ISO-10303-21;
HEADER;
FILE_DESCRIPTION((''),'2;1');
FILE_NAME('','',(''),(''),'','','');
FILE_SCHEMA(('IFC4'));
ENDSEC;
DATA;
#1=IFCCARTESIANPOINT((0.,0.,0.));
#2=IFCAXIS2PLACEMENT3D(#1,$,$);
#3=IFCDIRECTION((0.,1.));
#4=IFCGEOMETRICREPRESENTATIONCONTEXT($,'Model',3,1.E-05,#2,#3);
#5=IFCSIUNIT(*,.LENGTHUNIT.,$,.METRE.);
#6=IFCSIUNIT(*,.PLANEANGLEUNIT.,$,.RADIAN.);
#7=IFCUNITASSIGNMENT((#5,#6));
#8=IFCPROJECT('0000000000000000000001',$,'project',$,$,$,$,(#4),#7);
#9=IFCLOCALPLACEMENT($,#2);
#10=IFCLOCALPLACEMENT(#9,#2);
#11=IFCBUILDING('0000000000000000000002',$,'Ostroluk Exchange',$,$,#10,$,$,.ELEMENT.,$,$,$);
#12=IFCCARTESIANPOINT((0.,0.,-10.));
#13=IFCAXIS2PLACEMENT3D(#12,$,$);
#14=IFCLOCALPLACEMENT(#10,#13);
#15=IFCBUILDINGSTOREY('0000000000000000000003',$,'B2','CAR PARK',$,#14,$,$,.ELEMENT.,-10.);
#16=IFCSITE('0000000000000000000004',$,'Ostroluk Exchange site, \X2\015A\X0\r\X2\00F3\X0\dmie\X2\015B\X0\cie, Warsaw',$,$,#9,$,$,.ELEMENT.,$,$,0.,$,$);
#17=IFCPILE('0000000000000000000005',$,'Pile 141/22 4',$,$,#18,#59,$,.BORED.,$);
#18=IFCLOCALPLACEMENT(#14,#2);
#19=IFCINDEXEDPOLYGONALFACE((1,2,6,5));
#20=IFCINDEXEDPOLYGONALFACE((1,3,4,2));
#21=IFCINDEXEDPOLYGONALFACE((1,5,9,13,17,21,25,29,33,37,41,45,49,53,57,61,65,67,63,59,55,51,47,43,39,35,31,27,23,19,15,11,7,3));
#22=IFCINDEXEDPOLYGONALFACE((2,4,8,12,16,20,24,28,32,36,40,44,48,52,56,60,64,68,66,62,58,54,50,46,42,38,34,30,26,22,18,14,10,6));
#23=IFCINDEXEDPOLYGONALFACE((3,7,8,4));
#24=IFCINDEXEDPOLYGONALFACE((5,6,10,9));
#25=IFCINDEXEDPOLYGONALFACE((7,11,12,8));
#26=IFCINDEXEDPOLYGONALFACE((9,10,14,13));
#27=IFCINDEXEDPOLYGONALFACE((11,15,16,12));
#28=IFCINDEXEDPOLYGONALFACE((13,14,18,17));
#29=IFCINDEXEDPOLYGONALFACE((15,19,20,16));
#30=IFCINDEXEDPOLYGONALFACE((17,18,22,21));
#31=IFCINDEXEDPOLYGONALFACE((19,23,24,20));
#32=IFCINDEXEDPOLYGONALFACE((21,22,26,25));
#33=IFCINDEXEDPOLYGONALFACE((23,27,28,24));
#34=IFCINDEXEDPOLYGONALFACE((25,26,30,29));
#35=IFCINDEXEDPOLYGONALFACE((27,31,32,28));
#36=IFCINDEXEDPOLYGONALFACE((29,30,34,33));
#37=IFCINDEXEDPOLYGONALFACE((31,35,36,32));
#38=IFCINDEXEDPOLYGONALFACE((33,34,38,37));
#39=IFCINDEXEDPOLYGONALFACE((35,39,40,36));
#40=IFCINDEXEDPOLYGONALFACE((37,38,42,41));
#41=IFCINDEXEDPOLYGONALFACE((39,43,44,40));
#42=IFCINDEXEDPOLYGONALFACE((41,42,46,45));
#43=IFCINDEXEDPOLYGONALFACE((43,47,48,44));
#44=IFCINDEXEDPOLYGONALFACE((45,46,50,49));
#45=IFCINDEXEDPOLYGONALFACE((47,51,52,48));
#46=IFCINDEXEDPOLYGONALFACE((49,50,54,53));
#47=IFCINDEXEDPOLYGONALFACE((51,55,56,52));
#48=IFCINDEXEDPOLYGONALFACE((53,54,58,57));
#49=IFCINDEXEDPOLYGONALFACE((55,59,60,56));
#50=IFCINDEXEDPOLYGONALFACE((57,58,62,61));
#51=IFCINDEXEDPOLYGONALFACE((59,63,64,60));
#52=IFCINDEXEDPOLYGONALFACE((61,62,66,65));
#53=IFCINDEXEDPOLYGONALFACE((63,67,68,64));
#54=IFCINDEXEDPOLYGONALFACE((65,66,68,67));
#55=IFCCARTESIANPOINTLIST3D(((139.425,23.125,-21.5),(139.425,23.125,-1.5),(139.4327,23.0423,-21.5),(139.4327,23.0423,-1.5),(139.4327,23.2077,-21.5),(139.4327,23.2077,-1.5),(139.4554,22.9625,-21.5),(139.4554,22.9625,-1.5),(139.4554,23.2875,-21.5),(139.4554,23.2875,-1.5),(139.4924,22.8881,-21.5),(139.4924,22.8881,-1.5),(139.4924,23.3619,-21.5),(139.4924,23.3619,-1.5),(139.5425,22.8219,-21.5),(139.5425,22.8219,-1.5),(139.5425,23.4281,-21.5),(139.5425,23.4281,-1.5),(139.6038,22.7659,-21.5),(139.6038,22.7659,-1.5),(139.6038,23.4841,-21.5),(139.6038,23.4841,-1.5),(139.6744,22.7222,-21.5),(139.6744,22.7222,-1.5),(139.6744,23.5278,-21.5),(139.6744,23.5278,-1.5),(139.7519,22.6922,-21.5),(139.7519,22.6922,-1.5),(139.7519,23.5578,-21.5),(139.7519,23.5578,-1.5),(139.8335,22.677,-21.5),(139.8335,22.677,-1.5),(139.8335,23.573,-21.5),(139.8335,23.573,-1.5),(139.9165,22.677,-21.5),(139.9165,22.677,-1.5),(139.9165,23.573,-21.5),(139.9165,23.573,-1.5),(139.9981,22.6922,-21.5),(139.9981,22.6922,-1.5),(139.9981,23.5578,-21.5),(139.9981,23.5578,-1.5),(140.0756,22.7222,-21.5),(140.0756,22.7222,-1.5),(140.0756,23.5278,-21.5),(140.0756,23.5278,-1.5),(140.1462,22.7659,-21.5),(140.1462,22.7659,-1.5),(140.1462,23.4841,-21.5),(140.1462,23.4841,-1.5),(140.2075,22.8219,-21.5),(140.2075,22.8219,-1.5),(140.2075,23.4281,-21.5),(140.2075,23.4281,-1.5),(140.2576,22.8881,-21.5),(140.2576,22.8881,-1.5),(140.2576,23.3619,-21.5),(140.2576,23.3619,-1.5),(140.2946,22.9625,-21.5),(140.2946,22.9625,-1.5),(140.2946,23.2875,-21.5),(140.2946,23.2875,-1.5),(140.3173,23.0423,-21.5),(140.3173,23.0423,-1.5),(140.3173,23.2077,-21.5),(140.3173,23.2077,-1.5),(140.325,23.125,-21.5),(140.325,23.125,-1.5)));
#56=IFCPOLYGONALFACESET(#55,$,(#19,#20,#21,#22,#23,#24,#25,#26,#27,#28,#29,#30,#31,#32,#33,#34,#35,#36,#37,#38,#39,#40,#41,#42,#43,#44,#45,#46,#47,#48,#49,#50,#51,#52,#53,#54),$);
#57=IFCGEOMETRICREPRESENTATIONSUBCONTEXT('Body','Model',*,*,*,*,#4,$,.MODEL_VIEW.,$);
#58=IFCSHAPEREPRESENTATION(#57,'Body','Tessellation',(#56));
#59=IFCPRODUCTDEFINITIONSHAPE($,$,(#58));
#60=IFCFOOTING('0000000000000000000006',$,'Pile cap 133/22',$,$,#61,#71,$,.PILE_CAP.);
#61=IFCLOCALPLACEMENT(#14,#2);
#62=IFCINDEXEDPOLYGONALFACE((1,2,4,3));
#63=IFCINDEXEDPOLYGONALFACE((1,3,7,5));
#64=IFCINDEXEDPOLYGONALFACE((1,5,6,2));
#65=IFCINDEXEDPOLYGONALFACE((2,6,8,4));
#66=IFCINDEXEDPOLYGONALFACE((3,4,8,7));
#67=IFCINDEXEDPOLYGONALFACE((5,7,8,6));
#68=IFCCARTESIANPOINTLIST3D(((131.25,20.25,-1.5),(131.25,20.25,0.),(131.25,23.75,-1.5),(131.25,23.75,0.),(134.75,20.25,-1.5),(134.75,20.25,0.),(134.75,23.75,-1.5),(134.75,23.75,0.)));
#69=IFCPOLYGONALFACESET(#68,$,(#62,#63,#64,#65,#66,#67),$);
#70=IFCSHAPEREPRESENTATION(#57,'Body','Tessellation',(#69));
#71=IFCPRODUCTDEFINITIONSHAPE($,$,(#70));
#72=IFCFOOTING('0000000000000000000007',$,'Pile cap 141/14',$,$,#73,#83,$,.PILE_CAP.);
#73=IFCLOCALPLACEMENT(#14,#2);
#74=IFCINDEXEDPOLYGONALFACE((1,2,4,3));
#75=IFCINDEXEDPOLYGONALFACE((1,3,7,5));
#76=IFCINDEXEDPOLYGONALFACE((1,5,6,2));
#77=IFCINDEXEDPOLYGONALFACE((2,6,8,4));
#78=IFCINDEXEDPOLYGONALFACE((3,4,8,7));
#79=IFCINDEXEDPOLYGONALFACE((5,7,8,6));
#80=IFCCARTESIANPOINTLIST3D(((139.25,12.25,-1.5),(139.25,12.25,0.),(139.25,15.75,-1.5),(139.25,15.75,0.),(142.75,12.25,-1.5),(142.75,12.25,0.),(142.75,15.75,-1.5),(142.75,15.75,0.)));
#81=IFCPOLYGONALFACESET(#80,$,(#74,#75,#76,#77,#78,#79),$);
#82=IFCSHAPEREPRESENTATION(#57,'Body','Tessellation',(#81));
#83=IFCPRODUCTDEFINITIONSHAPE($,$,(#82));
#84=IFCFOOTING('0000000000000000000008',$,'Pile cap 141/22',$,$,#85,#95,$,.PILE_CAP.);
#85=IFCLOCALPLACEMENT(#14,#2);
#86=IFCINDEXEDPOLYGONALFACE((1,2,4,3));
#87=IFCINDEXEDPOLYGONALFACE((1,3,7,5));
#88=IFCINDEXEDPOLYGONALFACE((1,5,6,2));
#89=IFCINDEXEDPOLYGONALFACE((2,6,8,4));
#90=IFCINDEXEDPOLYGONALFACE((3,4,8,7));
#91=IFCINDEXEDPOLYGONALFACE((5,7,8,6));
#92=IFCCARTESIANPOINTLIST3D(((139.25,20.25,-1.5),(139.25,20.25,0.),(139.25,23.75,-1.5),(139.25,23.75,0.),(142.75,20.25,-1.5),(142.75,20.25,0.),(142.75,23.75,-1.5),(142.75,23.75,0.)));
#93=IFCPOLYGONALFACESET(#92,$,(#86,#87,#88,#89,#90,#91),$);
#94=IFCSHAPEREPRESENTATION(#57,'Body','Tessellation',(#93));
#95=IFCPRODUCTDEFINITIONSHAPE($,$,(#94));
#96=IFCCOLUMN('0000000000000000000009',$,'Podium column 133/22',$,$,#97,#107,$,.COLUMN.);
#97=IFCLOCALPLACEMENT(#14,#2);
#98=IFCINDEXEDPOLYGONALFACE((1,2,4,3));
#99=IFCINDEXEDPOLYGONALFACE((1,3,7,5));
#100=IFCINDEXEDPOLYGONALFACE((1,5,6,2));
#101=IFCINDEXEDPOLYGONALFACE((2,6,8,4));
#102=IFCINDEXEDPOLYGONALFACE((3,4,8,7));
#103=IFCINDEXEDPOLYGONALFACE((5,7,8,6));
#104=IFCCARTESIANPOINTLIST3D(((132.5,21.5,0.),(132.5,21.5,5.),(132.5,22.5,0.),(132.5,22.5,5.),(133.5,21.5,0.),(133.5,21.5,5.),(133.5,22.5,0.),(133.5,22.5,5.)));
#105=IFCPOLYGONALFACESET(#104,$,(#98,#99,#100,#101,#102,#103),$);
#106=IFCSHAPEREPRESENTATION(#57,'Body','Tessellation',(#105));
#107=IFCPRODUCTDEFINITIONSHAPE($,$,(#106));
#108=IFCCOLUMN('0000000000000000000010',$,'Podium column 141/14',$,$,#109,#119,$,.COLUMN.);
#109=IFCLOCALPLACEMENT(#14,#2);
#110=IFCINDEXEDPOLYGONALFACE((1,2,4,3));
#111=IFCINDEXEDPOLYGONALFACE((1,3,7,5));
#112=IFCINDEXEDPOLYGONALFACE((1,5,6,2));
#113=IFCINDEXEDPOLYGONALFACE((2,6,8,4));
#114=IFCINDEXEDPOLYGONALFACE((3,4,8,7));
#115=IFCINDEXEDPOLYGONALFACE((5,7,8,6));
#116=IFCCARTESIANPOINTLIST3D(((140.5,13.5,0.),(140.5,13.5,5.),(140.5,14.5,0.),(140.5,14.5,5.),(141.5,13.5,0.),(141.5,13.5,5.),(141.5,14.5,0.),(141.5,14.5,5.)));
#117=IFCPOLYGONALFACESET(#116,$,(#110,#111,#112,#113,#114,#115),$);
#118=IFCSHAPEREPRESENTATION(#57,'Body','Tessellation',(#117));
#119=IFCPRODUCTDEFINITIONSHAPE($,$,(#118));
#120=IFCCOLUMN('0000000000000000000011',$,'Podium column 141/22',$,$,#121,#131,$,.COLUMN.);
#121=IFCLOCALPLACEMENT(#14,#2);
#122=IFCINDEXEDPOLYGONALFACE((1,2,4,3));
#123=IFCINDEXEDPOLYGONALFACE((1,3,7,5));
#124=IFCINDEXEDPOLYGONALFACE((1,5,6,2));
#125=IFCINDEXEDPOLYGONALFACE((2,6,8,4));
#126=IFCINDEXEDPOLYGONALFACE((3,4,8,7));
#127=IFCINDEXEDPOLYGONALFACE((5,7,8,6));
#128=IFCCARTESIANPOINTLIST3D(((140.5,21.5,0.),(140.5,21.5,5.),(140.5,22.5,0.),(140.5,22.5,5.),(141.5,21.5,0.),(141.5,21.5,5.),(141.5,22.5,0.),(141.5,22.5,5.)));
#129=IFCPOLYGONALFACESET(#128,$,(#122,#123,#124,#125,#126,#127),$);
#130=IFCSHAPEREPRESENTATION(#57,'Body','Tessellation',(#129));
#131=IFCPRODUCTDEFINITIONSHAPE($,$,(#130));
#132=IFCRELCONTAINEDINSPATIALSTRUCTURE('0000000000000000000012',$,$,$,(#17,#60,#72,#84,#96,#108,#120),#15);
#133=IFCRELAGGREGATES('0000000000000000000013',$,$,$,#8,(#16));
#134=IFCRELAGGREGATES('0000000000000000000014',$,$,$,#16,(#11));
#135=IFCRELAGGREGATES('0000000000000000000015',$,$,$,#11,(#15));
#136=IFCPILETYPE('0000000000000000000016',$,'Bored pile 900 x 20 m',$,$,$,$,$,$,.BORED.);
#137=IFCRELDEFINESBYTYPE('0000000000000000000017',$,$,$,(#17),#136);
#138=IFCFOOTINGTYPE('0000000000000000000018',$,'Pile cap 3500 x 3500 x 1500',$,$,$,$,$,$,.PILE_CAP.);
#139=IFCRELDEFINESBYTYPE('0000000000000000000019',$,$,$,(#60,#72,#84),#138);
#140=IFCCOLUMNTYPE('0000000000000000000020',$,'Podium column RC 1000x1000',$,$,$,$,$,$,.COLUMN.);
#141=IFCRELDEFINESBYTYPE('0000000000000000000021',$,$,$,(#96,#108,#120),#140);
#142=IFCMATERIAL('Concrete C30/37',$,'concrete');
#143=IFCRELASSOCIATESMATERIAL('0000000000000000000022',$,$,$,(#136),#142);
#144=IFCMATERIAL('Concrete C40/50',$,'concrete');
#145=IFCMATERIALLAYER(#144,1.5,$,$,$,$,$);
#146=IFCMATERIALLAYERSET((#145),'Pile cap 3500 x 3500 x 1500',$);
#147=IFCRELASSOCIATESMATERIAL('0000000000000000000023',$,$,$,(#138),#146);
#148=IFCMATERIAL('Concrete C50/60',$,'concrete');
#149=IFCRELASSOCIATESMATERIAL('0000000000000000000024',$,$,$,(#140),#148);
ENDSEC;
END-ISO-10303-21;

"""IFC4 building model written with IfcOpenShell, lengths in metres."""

from ifc_helpers import new_model, si_unit, direction, frame, origin, origin_2d, place, context, subcontext, project, spatial, rectangle, circle, extrude, material, layer, layer_set, material_profile, profile_set, type_object, element, save


model = new_model("IFC4")

# Units and contexts
model_context = context("Model", 3, precision=1e-05, world=origin(), true_north=direction((0.0, 1.0)))
body_context = subcontext(model_context, "Body", "Model", "MODEL_VIEW")
ifc_project = project(units=[si_unit("LENGTHUNIT", "METRE"), si_unit("PLANEANGLEUNIT", "RADIAN")], contexts=[model_context])

# Site, building, storey
site_placement = place(None, origin())
site = spatial("IfcSite", under=ifc_project, at=site_placement, Name="Ostroluk Exchange site, Śródmieście, Warsaw", CompositionType="ELEMENT", RefElevation=0.0)
building_placement = place(site_placement, origin())
building = spatial("IfcBuilding", under=site, at=building_placement, Name="Ostroluk Exchange", CompositionType="ELEMENT")
storey_placement = place(building_placement, frame((0.0, 0.0, -10.0)))
storey = spatial("IfcBuildingStorey", under=building, at=storey_placement, Name="B2", Description="CAR PARK", CompositionType="ELEMENT", Elevation=-10.0)

# Pile
ifc_material_1 = material(Name="Concrete C30/37", Category="concrete")
pile_type_1 = type_object("IfcPileType", Name="Bored pile 900 x 20 m", PredefinedType="BORED", material=ifc_material_1)
for number, where, z_axis, x_axis, name in (
    (1, (139.875, 23.125, -1.5), (0.0, 0.0, -1.0), (1.0, 0.0, 0.0), "Pile 141/22 4"),
):
    element("IfcPile", number, at=place(storey_placement, frame(where, z_axis=z_axis, x_axis=x_axis)), inside=storey, type_object=pile_type_1, Name=name, PredefinedType="BORED", context=body_context, shape_type="SweptSolid", body=[
        extrude(circle(Radius=0.45, at=origin_2d()), origin(), (0.0, 0.0, 1.0), 20.0),
    ])

# Footings
ifc_material_2 = material(Name="Concrete C40/50", Category="concrete")
ifc_layer = layer(ifc_material_2, 1.5)
ifc_layer_set = layer_set([ifc_layer], Name="Pile cap 3500 x 3500 x 1500")
footing_type = type_object("IfcFootingType", Name="Pile cap 3500 x 3500 x 1500", PredefinedType="PILE_CAP", material=ifc_layer_set)
for number, where, z_axis, x_axis, name in (
    (2, (133.0, 22.0, -1.5), (0.0, 0.0, 1.0), (1.0, 0.0, 0.0), "Pile cap 133/22"),
    (3, (141.0, 14.0, -1.5), (0.0, 0.0, 1.0), (1.0, 0.0, 0.0), "Pile cap 141/14"),
    (4, (141.0, 22.0, -1.5), (0.0, 0.0, 1.0), (1.0, 0.0, 0.0), "Pile cap 141/22"),
):
    element("IfcFooting", number, at=place(storey_placement, frame(where, z_axis=z_axis, x_axis=x_axis)), inside=storey, type_object=footing_type, Name=name, PredefinedType="PILE_CAP", context=body_context, shape_type="SweptSolid", body=[
        extrude(rectangle(XDim=3.5, YDim=3.5, at=origin_2d()), origin(), (0.0, 0.0, 1.0), 1.5),
    ])

# Columns
ifc_material_3 = material(Name="Concrete C50/60", Category="concrete")
ifc_material_profile = material_profile(ifc_material_3, rectangle(XDim=1.0, YDim=1.0, at=origin_2d()), Name="RC 1000x1000")
ifc_profile_set = profile_set([ifc_material_profile], Name="Concrete C50/60")
column_type = type_object("IfcColumnType", Name="Podium column RC 1000x1000", PredefinedType="COLUMN", material=ifc_profile_set)
for number, where, z_axis, x_axis, name in (
    (5, (133.0, 22.0, 0.0), (0.0, 0.0, 1.0), (1.0, 0.0, 0.0), "Podium column 133/22"),
    (6, (141.0, 14.0, 0.0), (0.0, 0.0, 1.0), (1.0, 0.0, 0.0), "Podium column 141/14"),
    (7, (141.0, 22.0, 0.0), (0.0, 0.0, 1.0), (1.0, 0.0, 0.0), "Podium column 141/22"),
):
    element("IfcColumn", number, at=place(storey_placement, frame(where, z_axis=z_axis, x_axis=x_axis)), inside=storey, type_object=column_type, Name=name, PredefinedType="COLUMN", context=body_context, shape_type="SweptSolid", body=[
        extrude(rectangle(XDim=1.0, YDim=1.0, at=origin_2d()), origin(), (0.0, 0.0, 1.0), 5.0),
    ])

save(model, "model.ifc")
